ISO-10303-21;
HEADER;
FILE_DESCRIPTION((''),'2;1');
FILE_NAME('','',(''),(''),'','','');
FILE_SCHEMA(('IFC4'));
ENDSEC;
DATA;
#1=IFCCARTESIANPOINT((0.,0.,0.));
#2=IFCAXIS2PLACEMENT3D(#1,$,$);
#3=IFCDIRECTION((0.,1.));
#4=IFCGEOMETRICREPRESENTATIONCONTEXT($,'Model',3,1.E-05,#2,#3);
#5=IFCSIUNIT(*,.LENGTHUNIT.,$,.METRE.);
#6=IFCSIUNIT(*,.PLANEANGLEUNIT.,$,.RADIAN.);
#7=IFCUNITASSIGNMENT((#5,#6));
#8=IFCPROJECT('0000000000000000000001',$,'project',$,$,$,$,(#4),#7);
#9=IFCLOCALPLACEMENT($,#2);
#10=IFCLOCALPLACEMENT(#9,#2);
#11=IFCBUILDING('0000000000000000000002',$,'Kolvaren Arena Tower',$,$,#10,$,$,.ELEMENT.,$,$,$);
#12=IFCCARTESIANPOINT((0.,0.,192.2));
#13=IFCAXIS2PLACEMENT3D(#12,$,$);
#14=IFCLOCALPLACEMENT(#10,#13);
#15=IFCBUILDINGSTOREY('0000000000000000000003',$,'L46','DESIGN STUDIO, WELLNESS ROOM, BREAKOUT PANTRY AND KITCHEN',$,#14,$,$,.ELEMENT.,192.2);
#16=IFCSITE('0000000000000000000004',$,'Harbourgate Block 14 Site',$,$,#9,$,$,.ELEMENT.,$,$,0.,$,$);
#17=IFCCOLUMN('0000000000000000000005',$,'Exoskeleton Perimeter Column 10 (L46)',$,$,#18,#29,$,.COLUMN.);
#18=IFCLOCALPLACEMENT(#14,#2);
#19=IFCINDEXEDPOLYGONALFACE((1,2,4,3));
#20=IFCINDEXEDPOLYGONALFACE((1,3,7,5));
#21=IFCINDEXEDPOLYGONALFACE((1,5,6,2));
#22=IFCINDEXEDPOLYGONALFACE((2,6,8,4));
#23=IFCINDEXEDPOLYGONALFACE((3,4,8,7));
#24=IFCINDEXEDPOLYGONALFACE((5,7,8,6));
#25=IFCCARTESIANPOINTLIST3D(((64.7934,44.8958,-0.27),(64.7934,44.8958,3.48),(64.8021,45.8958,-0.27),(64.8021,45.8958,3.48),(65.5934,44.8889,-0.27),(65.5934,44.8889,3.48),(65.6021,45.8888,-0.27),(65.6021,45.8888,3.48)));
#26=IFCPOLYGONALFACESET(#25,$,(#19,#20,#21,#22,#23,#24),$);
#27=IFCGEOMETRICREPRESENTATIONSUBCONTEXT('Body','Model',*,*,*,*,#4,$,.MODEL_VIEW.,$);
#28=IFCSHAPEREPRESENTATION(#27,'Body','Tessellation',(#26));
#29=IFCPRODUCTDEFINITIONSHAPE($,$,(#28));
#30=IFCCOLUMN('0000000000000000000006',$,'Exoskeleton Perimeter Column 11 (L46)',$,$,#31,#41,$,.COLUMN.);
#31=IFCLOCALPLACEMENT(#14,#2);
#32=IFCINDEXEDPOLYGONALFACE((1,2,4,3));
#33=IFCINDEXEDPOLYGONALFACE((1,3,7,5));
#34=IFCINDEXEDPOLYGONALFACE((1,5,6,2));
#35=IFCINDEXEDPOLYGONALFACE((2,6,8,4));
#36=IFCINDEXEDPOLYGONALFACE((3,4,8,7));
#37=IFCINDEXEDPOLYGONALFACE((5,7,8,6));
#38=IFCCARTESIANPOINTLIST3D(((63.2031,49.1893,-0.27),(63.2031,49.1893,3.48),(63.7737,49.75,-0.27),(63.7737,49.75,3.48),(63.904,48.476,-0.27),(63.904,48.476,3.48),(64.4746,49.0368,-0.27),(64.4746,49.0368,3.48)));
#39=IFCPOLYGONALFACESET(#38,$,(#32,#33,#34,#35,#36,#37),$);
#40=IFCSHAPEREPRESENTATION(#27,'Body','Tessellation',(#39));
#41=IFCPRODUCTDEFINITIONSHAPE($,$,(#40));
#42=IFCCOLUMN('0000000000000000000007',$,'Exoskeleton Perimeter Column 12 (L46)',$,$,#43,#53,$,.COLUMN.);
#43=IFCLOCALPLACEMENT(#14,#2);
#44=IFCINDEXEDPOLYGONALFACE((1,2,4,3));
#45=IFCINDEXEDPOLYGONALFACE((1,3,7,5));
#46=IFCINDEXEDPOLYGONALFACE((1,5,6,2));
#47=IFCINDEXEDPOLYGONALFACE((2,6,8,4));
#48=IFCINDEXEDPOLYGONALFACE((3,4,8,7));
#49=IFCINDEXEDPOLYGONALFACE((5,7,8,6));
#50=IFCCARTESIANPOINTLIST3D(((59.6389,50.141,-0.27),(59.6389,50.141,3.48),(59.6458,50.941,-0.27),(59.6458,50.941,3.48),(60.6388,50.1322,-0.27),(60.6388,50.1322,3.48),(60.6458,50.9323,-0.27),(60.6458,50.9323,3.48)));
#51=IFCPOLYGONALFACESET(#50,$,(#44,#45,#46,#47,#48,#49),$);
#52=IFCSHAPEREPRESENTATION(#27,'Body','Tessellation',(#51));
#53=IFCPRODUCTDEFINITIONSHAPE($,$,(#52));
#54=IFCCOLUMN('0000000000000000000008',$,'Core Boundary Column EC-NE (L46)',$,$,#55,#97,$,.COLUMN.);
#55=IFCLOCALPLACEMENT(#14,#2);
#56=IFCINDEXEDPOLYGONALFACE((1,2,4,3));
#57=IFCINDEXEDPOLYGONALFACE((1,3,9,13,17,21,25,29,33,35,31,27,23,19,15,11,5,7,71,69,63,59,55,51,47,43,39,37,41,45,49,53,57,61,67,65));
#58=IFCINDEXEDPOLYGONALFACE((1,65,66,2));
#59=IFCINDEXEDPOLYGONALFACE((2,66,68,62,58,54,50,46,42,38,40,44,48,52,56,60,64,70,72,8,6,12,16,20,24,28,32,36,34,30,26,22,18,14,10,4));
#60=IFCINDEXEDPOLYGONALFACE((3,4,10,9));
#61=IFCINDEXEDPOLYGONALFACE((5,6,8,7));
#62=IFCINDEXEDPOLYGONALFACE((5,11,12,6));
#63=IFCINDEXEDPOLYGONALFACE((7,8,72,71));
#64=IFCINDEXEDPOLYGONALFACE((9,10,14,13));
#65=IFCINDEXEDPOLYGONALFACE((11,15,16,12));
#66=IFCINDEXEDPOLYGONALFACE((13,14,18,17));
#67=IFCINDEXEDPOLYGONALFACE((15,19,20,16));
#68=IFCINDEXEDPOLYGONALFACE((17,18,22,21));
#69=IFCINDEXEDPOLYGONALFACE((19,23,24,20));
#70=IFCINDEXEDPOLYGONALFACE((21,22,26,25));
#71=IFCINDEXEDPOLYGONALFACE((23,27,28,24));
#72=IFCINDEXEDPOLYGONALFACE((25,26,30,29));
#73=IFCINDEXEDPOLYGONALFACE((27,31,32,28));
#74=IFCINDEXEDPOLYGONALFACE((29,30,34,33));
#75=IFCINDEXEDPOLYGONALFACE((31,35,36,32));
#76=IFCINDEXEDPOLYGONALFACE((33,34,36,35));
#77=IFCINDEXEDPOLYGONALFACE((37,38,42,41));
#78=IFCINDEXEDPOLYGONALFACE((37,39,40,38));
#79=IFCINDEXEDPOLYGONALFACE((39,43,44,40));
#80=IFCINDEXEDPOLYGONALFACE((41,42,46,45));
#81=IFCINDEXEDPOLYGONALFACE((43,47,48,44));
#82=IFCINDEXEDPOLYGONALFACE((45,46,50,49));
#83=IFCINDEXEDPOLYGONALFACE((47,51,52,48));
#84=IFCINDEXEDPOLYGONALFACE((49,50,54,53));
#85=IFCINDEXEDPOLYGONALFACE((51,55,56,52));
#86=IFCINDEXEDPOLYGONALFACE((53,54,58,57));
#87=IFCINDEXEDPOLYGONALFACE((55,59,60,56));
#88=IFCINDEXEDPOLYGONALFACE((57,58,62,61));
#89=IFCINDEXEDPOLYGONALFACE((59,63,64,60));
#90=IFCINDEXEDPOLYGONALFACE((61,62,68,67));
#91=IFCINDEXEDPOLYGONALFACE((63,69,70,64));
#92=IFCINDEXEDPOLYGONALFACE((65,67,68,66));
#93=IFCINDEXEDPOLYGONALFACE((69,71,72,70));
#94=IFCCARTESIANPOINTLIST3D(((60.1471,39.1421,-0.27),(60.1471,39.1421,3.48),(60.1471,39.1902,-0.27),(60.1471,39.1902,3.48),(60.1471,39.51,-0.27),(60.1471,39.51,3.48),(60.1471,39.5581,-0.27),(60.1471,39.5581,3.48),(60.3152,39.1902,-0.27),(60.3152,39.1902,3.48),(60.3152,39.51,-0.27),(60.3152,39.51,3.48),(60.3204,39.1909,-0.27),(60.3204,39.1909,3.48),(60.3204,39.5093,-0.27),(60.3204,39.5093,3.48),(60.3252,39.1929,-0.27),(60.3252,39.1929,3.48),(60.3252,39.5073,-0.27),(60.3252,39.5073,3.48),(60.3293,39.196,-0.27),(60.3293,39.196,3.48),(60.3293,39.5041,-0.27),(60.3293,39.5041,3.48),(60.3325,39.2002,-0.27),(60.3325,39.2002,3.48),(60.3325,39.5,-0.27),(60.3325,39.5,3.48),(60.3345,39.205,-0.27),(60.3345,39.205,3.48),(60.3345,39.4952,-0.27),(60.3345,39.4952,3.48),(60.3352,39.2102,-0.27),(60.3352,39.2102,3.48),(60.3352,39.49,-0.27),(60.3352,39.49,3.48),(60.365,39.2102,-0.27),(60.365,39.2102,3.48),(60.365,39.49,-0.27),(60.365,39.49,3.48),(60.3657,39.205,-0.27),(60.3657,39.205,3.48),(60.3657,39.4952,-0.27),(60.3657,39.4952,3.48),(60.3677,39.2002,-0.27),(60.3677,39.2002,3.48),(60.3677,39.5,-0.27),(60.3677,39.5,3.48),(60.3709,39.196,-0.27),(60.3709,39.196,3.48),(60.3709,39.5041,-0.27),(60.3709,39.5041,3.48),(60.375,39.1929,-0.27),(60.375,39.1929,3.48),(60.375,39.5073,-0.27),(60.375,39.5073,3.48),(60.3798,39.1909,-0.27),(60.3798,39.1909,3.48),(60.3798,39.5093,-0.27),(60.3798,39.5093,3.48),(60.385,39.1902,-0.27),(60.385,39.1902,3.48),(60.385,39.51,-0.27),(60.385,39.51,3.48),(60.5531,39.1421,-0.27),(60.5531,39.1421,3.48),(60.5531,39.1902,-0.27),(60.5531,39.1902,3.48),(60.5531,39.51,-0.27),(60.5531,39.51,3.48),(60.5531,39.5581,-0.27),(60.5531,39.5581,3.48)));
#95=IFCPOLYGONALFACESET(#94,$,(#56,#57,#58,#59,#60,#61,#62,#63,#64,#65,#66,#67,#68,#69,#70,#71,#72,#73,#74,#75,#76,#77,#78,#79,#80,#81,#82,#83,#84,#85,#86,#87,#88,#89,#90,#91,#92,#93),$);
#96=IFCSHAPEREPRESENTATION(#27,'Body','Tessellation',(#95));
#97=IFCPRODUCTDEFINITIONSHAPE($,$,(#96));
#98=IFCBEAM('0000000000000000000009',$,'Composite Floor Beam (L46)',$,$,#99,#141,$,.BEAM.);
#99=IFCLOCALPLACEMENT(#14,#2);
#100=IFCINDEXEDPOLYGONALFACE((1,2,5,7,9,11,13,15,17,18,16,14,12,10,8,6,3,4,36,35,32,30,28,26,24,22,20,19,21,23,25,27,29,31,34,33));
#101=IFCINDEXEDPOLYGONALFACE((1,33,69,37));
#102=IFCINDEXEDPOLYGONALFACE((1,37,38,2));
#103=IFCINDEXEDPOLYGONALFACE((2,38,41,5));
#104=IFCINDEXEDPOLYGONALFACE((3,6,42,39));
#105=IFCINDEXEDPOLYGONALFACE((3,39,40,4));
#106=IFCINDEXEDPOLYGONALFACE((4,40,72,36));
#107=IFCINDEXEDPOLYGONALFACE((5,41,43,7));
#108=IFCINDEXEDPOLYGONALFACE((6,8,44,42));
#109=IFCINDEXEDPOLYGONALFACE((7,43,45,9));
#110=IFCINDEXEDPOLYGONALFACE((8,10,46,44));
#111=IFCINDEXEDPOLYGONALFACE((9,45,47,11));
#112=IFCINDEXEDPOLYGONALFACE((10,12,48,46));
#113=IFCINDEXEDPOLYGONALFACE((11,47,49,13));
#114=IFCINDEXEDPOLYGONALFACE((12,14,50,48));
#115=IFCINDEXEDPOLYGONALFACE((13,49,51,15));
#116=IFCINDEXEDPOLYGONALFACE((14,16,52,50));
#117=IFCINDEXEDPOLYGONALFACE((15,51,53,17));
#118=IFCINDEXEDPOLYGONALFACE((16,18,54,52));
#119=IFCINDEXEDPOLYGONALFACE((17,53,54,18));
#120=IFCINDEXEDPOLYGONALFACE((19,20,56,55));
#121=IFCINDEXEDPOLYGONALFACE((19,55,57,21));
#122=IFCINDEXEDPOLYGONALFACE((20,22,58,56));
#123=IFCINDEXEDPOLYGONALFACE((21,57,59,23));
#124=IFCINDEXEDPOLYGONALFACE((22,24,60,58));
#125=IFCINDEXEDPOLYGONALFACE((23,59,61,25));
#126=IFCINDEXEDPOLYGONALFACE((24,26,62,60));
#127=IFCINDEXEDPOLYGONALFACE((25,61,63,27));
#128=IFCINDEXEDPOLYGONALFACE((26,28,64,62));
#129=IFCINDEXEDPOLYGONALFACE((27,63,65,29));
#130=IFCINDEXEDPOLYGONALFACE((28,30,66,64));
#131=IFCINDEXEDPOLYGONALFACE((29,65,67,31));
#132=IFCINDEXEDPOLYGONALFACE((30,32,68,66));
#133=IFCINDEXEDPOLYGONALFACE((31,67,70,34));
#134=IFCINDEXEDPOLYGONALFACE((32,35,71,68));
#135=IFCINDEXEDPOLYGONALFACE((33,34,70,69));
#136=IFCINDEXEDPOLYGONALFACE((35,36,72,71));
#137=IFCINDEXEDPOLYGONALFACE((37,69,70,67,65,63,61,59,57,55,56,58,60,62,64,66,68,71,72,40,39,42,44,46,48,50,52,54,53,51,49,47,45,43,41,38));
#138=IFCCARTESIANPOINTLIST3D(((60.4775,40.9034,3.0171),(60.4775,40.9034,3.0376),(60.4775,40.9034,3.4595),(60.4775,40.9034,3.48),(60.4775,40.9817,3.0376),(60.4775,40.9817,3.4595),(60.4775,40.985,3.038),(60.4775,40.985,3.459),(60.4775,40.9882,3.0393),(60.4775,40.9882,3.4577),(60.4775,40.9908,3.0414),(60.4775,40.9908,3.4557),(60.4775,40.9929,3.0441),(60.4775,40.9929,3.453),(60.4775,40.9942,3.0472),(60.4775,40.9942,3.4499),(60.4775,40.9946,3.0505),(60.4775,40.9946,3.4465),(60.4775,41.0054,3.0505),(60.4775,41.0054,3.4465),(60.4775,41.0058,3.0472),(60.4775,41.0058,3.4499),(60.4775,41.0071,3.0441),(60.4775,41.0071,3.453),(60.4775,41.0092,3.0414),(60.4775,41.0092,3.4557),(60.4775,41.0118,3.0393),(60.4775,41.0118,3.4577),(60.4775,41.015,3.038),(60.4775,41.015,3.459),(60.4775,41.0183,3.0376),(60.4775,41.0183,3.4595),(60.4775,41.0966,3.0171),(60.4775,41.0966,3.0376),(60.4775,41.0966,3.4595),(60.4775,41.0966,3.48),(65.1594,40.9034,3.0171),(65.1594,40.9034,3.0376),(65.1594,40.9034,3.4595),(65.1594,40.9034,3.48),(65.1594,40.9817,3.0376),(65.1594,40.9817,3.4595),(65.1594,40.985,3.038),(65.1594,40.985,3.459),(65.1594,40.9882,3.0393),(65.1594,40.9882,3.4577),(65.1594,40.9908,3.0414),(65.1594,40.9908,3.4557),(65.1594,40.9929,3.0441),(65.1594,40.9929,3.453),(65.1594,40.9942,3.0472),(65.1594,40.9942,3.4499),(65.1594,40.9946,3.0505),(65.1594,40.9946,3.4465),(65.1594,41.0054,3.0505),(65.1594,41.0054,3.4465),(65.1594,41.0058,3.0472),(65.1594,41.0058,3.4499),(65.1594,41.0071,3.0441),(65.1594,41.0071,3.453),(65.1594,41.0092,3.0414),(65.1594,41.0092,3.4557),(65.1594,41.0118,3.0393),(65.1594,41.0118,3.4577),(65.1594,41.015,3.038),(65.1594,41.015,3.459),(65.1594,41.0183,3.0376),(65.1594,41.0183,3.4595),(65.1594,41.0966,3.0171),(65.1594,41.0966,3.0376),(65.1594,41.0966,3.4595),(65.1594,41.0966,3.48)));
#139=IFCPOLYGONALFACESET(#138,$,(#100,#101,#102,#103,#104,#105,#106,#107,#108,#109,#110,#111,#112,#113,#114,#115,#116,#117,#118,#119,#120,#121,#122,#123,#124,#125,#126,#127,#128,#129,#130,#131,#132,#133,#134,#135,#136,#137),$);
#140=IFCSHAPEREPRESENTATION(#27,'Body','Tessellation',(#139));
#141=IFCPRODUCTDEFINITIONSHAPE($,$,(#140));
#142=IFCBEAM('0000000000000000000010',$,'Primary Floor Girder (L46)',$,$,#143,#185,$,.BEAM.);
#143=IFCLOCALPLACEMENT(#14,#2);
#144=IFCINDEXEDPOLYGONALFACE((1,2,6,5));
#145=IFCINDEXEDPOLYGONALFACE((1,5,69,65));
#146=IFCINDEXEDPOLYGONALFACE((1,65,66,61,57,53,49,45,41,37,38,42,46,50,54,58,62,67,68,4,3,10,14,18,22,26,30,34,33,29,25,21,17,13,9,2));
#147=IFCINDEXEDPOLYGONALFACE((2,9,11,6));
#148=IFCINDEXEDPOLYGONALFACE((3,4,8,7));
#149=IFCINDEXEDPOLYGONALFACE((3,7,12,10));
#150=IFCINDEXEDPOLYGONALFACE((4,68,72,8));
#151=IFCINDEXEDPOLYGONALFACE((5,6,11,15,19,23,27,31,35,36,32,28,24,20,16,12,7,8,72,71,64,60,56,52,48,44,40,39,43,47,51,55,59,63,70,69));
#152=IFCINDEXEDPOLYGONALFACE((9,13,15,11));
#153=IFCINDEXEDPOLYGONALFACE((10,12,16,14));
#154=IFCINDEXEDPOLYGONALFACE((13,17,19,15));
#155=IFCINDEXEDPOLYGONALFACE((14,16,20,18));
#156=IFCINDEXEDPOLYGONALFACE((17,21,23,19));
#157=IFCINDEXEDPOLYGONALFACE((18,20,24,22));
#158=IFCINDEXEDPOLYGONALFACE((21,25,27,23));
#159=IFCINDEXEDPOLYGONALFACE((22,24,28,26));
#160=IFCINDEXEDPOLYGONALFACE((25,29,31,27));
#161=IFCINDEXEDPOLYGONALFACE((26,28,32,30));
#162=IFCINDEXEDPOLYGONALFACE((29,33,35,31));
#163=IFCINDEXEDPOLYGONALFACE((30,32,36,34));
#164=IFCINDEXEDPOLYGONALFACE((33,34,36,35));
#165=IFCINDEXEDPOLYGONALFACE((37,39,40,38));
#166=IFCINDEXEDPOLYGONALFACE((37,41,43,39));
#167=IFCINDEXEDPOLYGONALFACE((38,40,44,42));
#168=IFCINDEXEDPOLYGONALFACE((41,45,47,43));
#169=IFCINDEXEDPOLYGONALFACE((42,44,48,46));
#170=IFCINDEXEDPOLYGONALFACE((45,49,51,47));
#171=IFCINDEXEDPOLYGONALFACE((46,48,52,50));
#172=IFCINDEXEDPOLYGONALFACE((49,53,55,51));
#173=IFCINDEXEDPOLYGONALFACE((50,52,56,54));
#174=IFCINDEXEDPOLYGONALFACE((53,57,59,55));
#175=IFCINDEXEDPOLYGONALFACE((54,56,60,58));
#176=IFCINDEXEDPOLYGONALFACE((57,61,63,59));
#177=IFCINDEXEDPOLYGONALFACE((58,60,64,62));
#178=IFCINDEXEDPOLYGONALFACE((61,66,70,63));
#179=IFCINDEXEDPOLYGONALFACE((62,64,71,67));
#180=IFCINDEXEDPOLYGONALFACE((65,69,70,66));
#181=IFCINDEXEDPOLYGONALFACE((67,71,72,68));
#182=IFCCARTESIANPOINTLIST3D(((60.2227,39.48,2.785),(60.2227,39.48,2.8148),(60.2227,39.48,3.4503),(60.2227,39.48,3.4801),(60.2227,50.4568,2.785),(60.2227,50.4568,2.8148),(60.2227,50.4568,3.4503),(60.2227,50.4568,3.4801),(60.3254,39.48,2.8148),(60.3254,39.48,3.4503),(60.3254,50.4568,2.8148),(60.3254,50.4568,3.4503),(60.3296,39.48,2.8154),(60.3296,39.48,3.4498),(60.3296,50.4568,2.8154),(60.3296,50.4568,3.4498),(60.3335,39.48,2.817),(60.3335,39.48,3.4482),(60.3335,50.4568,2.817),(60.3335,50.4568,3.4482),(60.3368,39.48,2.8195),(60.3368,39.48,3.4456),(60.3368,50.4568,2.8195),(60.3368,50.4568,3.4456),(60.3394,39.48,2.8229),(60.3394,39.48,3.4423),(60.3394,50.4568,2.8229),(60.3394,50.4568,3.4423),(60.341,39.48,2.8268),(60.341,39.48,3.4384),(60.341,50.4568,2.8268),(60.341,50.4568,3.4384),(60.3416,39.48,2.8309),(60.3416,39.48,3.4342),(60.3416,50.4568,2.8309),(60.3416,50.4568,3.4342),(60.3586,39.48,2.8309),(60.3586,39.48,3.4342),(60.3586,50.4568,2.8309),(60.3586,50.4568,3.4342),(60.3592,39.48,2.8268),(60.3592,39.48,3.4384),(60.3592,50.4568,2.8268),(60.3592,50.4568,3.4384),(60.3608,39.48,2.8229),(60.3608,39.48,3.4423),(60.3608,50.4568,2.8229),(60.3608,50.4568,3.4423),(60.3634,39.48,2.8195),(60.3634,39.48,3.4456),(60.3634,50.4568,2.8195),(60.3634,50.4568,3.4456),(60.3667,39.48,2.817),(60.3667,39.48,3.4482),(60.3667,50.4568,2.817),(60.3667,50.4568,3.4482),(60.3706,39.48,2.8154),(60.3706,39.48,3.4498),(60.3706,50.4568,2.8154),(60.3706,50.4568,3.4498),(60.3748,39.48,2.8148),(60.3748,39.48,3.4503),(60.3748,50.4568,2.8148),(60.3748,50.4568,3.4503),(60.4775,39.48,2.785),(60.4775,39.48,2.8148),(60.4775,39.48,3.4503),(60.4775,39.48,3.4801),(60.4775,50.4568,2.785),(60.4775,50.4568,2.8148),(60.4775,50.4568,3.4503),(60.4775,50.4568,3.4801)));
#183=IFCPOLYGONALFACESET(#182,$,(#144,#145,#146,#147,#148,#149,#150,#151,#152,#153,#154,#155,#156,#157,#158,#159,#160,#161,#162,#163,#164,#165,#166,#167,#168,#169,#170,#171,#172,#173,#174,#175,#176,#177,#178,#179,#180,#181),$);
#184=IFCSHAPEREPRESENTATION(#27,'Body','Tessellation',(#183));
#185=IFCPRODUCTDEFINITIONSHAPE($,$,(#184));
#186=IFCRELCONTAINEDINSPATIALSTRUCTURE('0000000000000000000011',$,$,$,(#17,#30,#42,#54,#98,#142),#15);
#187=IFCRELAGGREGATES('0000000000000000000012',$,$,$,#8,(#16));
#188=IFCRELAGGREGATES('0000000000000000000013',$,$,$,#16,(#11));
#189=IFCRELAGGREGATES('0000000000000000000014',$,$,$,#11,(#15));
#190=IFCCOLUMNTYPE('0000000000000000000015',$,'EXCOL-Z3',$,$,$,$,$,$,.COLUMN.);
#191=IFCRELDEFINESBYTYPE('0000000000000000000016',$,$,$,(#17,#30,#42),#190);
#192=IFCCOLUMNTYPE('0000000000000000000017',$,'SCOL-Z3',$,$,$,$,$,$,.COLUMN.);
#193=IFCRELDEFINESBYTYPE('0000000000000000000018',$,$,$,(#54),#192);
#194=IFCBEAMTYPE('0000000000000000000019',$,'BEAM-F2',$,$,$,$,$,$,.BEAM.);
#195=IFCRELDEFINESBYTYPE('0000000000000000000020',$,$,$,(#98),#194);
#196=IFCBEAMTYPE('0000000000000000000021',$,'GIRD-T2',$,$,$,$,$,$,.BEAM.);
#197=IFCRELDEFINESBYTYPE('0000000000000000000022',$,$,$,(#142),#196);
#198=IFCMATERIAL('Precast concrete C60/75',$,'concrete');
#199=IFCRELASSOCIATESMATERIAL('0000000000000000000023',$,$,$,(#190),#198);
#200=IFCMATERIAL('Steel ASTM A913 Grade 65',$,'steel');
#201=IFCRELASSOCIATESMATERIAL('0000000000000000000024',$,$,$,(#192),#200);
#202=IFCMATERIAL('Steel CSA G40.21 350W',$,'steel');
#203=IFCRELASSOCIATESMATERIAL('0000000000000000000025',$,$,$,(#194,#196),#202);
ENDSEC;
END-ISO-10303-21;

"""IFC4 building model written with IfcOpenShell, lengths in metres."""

from ifc_helpers import new_model, si_unit, direction, frame, origin, origin_2d, place, context, subcontext, project, spatial, rectangle, i_section, extrude, material, material_profile, profile_set, type_object, element, save


model = new_model("IFC4")

# Units and contexts
model_context = context("Model", 3, precision=1e-05, world=origin(), true_north=direction((0.0, 1.0)))
body_context = subcontext(model_context, "Body", "Model", "MODEL_VIEW")
ifc_project = project(units=[si_unit("LENGTHUNIT", "METRE"), si_unit("PLANEANGLEUNIT", "RADIAN")], contexts=[model_context])

# Site, building, storey
site_placement = place(None, origin())
site = spatial("IfcSite", under=ifc_project, at=site_placement, Name="Harbourgate Block 14 Site", CompositionType="ELEMENT", RefElevation=0.0)
building_placement = place(site_placement, origin())
building = spatial("IfcBuilding", under=site, at=building_placement, Name="Kolvaren Arena Tower", CompositionType="ELEMENT")
storey_placement = place(building_placement, frame((0.0, 0.0, 192.2)))
storey = spatial("IfcBuildingStorey", under=building, at=storey_placement, Name="L46", Description="DESIGN STUDIO, WELLNESS ROOM, BREAKOUT PANTRY AND KITCHEN", CompositionType="ELEMENT", Elevation=192.2)

# Columns
ifc_material_1 = material(Name="Precast concrete C60/75", Category="concrete")
ifc_material_profile_1 = material_profile(ifc_material_1, rectangle(XDim=1.0, YDim=0.8, at=origin_2d()), Name="RC-1000x800")
ifc_profile_set_1 = profile_set([ifc_material_profile_1], Name="Precast concrete C60/75")
column_type_1 = type_object("IfcColumnType", Name="EXCOL-Z3", PredefinedType="COLUMN", material=ifc_profile_set_1)
for number, where, z_axis, x_axis, name in (
    (1, (65.1978, 45.3923, -0.27), (0.0, 0.0, 1.0), (0.008727, 0.999962, 0.0), "Exoskeleton Perimeter Column 10 (L46)"),
    (2, (63.8389, 49.113, -0.27), (0.0, 0.0, 1.0), (-0.700909, 0.71325, 0.0), "Exoskeleton Perimeter Column 11 (L46)"),
    (3, (60.1423, 50.5366, -0.27), (0.0, 0.0, 1.0), (0.999962, -0.008727, 0.0), "Exoskeleton Perimeter Column 12 (L46)"),
):
    element("IfcColumn", number, at=place(storey_placement, frame(where, z_axis=z_axis, x_axis=x_axis)), inside=storey, type_object=column_type_1, Name=name, PredefinedType="COLUMN", context=body_context, shape_type="SweptSolid", body=[
        extrude(rectangle(XDim=1.0, YDim=0.8, at=origin_2d()), origin(), (0.0, 0.0, 1.0), 3.75),
    ])
ifc_material_2 = material(Name="Steel ASTM A913 Grade 65", Category="steel")
ifc_material_profile_2 = material_profile(ifc_material_2, i_section(OverallWidth=0.406, OverallDepth=0.416, WebThickness=0.0298, FlangeThickness=0.0481, FilletRadius=0.02, at=origin_2d()), Name="W360x382")
ifc_profile_set_2 = profile_set([ifc_material_profile_2], Name="Steel ASTM A913 Grade 65")
column_type_2 = type_object("IfcColumnType", Name="SCOL-Z3", PredefinedType="COLUMN", material=ifc_profile_set_2)
column_placement = place(storey_placement, frame((60.3501, 39.3501, -0.27), z_axis=(0.0, 0.0, 1.0), x_axis=(1.0, 0.0, 0.0)))
element("IfcColumn", 4, at=column_placement, inside=storey, type_object=column_type_2, Name="Core Boundary Column EC-NE (L46)", PredefinedType="COLUMN", context=body_context, shape_type="SweptSolid", body=[
    extrude(i_section(OverallWidth=0.406, OverallDepth=0.416, WebThickness=0.0298, FlangeThickness=0.0481, FilletRadius=0.02, at=origin_2d()), origin(), (0.0, 0.0, 1.0), 3.75),
])

# Beams
ifc_material_3 = material(Name="Steel CSA G40.21 350W", Category="steel")
ifc_material_profile_3 = material_profile(ifc_material_3, i_section(OverallWidth=0.1931, OverallDepth=0.4629, WebThickness=0.0107, FlangeThickness=0.0205, FilletRadius=0.0129, at=origin_2d()), Name="W460x113")
ifc_profile_set_3 = profile_set([ifc_material_profile_3], Name="Steel CSA G40.21 350W")
beam_type_1 = type_object("IfcBeamType", Name="BEAM-F2", PredefinedType="BEAM", material=ifc_profile_set_3)
beam_1_placement = place(storey_placement, frame((60.4775, 41.0, 3.2485), z_axis=(1.0, 0.0, 0.0), x_axis=(0.0, 1.0, 0.0)))
element("IfcBeam", 5, at=beam_1_placement, inside=storey, type_object=beam_type_1, Name="Composite Floor Beam (L46)", PredefinedType="BEAM", context=body_context, shape_type="SweptSolid", body=[
    extrude(i_section(OverallWidth=0.1931, OverallDepth=0.4629, WebThickness=0.0107, FlangeThickness=0.0205, FilletRadius=0.0129, at=origin_2d()), origin(), (0.0, 0.0, 1.0), 4.6819),
])
ifc_material_profile_4 = material_profile(ifc_material_3, i_section(OverallWidth=0.2549, OverallDepth=0.6951, WebThickness=0.0171, FlangeThickness=0.0298, FilletRadius=0.0161, at=origin_2d()), Name="W690x217")
ifc_profile_set_4 = profile_set([ifc_material_profile_4], Name="Steel CSA G40.21 350W")
beam_type_2 = type_object("IfcBeamType", Name="GIRD-T2", PredefinedType="BEAM", material=ifc_profile_set_4)
beam_2_placement = place(storey_placement, frame((60.3501, 39.48, 3.1326), z_axis=(0.0, 1.0, 0.0), x_axis=(-1.0, 0.0, 0.0)))
element("IfcBeam", 6, at=beam_2_placement, inside=storey, type_object=beam_type_2, Name="Primary Floor Girder (L46)", PredefinedType="BEAM", context=body_context, shape_type="SweptSolid", body=[
    extrude(i_section(OverallWidth=0.2549, OverallDepth=0.6951, WebThickness=0.0171, FlangeThickness=0.0298, FilletRadius=0.0161, at=origin_2d()), origin(), (0.0, 0.0, 1.0), 10.9768),
])

save(model, "model.ifc")
